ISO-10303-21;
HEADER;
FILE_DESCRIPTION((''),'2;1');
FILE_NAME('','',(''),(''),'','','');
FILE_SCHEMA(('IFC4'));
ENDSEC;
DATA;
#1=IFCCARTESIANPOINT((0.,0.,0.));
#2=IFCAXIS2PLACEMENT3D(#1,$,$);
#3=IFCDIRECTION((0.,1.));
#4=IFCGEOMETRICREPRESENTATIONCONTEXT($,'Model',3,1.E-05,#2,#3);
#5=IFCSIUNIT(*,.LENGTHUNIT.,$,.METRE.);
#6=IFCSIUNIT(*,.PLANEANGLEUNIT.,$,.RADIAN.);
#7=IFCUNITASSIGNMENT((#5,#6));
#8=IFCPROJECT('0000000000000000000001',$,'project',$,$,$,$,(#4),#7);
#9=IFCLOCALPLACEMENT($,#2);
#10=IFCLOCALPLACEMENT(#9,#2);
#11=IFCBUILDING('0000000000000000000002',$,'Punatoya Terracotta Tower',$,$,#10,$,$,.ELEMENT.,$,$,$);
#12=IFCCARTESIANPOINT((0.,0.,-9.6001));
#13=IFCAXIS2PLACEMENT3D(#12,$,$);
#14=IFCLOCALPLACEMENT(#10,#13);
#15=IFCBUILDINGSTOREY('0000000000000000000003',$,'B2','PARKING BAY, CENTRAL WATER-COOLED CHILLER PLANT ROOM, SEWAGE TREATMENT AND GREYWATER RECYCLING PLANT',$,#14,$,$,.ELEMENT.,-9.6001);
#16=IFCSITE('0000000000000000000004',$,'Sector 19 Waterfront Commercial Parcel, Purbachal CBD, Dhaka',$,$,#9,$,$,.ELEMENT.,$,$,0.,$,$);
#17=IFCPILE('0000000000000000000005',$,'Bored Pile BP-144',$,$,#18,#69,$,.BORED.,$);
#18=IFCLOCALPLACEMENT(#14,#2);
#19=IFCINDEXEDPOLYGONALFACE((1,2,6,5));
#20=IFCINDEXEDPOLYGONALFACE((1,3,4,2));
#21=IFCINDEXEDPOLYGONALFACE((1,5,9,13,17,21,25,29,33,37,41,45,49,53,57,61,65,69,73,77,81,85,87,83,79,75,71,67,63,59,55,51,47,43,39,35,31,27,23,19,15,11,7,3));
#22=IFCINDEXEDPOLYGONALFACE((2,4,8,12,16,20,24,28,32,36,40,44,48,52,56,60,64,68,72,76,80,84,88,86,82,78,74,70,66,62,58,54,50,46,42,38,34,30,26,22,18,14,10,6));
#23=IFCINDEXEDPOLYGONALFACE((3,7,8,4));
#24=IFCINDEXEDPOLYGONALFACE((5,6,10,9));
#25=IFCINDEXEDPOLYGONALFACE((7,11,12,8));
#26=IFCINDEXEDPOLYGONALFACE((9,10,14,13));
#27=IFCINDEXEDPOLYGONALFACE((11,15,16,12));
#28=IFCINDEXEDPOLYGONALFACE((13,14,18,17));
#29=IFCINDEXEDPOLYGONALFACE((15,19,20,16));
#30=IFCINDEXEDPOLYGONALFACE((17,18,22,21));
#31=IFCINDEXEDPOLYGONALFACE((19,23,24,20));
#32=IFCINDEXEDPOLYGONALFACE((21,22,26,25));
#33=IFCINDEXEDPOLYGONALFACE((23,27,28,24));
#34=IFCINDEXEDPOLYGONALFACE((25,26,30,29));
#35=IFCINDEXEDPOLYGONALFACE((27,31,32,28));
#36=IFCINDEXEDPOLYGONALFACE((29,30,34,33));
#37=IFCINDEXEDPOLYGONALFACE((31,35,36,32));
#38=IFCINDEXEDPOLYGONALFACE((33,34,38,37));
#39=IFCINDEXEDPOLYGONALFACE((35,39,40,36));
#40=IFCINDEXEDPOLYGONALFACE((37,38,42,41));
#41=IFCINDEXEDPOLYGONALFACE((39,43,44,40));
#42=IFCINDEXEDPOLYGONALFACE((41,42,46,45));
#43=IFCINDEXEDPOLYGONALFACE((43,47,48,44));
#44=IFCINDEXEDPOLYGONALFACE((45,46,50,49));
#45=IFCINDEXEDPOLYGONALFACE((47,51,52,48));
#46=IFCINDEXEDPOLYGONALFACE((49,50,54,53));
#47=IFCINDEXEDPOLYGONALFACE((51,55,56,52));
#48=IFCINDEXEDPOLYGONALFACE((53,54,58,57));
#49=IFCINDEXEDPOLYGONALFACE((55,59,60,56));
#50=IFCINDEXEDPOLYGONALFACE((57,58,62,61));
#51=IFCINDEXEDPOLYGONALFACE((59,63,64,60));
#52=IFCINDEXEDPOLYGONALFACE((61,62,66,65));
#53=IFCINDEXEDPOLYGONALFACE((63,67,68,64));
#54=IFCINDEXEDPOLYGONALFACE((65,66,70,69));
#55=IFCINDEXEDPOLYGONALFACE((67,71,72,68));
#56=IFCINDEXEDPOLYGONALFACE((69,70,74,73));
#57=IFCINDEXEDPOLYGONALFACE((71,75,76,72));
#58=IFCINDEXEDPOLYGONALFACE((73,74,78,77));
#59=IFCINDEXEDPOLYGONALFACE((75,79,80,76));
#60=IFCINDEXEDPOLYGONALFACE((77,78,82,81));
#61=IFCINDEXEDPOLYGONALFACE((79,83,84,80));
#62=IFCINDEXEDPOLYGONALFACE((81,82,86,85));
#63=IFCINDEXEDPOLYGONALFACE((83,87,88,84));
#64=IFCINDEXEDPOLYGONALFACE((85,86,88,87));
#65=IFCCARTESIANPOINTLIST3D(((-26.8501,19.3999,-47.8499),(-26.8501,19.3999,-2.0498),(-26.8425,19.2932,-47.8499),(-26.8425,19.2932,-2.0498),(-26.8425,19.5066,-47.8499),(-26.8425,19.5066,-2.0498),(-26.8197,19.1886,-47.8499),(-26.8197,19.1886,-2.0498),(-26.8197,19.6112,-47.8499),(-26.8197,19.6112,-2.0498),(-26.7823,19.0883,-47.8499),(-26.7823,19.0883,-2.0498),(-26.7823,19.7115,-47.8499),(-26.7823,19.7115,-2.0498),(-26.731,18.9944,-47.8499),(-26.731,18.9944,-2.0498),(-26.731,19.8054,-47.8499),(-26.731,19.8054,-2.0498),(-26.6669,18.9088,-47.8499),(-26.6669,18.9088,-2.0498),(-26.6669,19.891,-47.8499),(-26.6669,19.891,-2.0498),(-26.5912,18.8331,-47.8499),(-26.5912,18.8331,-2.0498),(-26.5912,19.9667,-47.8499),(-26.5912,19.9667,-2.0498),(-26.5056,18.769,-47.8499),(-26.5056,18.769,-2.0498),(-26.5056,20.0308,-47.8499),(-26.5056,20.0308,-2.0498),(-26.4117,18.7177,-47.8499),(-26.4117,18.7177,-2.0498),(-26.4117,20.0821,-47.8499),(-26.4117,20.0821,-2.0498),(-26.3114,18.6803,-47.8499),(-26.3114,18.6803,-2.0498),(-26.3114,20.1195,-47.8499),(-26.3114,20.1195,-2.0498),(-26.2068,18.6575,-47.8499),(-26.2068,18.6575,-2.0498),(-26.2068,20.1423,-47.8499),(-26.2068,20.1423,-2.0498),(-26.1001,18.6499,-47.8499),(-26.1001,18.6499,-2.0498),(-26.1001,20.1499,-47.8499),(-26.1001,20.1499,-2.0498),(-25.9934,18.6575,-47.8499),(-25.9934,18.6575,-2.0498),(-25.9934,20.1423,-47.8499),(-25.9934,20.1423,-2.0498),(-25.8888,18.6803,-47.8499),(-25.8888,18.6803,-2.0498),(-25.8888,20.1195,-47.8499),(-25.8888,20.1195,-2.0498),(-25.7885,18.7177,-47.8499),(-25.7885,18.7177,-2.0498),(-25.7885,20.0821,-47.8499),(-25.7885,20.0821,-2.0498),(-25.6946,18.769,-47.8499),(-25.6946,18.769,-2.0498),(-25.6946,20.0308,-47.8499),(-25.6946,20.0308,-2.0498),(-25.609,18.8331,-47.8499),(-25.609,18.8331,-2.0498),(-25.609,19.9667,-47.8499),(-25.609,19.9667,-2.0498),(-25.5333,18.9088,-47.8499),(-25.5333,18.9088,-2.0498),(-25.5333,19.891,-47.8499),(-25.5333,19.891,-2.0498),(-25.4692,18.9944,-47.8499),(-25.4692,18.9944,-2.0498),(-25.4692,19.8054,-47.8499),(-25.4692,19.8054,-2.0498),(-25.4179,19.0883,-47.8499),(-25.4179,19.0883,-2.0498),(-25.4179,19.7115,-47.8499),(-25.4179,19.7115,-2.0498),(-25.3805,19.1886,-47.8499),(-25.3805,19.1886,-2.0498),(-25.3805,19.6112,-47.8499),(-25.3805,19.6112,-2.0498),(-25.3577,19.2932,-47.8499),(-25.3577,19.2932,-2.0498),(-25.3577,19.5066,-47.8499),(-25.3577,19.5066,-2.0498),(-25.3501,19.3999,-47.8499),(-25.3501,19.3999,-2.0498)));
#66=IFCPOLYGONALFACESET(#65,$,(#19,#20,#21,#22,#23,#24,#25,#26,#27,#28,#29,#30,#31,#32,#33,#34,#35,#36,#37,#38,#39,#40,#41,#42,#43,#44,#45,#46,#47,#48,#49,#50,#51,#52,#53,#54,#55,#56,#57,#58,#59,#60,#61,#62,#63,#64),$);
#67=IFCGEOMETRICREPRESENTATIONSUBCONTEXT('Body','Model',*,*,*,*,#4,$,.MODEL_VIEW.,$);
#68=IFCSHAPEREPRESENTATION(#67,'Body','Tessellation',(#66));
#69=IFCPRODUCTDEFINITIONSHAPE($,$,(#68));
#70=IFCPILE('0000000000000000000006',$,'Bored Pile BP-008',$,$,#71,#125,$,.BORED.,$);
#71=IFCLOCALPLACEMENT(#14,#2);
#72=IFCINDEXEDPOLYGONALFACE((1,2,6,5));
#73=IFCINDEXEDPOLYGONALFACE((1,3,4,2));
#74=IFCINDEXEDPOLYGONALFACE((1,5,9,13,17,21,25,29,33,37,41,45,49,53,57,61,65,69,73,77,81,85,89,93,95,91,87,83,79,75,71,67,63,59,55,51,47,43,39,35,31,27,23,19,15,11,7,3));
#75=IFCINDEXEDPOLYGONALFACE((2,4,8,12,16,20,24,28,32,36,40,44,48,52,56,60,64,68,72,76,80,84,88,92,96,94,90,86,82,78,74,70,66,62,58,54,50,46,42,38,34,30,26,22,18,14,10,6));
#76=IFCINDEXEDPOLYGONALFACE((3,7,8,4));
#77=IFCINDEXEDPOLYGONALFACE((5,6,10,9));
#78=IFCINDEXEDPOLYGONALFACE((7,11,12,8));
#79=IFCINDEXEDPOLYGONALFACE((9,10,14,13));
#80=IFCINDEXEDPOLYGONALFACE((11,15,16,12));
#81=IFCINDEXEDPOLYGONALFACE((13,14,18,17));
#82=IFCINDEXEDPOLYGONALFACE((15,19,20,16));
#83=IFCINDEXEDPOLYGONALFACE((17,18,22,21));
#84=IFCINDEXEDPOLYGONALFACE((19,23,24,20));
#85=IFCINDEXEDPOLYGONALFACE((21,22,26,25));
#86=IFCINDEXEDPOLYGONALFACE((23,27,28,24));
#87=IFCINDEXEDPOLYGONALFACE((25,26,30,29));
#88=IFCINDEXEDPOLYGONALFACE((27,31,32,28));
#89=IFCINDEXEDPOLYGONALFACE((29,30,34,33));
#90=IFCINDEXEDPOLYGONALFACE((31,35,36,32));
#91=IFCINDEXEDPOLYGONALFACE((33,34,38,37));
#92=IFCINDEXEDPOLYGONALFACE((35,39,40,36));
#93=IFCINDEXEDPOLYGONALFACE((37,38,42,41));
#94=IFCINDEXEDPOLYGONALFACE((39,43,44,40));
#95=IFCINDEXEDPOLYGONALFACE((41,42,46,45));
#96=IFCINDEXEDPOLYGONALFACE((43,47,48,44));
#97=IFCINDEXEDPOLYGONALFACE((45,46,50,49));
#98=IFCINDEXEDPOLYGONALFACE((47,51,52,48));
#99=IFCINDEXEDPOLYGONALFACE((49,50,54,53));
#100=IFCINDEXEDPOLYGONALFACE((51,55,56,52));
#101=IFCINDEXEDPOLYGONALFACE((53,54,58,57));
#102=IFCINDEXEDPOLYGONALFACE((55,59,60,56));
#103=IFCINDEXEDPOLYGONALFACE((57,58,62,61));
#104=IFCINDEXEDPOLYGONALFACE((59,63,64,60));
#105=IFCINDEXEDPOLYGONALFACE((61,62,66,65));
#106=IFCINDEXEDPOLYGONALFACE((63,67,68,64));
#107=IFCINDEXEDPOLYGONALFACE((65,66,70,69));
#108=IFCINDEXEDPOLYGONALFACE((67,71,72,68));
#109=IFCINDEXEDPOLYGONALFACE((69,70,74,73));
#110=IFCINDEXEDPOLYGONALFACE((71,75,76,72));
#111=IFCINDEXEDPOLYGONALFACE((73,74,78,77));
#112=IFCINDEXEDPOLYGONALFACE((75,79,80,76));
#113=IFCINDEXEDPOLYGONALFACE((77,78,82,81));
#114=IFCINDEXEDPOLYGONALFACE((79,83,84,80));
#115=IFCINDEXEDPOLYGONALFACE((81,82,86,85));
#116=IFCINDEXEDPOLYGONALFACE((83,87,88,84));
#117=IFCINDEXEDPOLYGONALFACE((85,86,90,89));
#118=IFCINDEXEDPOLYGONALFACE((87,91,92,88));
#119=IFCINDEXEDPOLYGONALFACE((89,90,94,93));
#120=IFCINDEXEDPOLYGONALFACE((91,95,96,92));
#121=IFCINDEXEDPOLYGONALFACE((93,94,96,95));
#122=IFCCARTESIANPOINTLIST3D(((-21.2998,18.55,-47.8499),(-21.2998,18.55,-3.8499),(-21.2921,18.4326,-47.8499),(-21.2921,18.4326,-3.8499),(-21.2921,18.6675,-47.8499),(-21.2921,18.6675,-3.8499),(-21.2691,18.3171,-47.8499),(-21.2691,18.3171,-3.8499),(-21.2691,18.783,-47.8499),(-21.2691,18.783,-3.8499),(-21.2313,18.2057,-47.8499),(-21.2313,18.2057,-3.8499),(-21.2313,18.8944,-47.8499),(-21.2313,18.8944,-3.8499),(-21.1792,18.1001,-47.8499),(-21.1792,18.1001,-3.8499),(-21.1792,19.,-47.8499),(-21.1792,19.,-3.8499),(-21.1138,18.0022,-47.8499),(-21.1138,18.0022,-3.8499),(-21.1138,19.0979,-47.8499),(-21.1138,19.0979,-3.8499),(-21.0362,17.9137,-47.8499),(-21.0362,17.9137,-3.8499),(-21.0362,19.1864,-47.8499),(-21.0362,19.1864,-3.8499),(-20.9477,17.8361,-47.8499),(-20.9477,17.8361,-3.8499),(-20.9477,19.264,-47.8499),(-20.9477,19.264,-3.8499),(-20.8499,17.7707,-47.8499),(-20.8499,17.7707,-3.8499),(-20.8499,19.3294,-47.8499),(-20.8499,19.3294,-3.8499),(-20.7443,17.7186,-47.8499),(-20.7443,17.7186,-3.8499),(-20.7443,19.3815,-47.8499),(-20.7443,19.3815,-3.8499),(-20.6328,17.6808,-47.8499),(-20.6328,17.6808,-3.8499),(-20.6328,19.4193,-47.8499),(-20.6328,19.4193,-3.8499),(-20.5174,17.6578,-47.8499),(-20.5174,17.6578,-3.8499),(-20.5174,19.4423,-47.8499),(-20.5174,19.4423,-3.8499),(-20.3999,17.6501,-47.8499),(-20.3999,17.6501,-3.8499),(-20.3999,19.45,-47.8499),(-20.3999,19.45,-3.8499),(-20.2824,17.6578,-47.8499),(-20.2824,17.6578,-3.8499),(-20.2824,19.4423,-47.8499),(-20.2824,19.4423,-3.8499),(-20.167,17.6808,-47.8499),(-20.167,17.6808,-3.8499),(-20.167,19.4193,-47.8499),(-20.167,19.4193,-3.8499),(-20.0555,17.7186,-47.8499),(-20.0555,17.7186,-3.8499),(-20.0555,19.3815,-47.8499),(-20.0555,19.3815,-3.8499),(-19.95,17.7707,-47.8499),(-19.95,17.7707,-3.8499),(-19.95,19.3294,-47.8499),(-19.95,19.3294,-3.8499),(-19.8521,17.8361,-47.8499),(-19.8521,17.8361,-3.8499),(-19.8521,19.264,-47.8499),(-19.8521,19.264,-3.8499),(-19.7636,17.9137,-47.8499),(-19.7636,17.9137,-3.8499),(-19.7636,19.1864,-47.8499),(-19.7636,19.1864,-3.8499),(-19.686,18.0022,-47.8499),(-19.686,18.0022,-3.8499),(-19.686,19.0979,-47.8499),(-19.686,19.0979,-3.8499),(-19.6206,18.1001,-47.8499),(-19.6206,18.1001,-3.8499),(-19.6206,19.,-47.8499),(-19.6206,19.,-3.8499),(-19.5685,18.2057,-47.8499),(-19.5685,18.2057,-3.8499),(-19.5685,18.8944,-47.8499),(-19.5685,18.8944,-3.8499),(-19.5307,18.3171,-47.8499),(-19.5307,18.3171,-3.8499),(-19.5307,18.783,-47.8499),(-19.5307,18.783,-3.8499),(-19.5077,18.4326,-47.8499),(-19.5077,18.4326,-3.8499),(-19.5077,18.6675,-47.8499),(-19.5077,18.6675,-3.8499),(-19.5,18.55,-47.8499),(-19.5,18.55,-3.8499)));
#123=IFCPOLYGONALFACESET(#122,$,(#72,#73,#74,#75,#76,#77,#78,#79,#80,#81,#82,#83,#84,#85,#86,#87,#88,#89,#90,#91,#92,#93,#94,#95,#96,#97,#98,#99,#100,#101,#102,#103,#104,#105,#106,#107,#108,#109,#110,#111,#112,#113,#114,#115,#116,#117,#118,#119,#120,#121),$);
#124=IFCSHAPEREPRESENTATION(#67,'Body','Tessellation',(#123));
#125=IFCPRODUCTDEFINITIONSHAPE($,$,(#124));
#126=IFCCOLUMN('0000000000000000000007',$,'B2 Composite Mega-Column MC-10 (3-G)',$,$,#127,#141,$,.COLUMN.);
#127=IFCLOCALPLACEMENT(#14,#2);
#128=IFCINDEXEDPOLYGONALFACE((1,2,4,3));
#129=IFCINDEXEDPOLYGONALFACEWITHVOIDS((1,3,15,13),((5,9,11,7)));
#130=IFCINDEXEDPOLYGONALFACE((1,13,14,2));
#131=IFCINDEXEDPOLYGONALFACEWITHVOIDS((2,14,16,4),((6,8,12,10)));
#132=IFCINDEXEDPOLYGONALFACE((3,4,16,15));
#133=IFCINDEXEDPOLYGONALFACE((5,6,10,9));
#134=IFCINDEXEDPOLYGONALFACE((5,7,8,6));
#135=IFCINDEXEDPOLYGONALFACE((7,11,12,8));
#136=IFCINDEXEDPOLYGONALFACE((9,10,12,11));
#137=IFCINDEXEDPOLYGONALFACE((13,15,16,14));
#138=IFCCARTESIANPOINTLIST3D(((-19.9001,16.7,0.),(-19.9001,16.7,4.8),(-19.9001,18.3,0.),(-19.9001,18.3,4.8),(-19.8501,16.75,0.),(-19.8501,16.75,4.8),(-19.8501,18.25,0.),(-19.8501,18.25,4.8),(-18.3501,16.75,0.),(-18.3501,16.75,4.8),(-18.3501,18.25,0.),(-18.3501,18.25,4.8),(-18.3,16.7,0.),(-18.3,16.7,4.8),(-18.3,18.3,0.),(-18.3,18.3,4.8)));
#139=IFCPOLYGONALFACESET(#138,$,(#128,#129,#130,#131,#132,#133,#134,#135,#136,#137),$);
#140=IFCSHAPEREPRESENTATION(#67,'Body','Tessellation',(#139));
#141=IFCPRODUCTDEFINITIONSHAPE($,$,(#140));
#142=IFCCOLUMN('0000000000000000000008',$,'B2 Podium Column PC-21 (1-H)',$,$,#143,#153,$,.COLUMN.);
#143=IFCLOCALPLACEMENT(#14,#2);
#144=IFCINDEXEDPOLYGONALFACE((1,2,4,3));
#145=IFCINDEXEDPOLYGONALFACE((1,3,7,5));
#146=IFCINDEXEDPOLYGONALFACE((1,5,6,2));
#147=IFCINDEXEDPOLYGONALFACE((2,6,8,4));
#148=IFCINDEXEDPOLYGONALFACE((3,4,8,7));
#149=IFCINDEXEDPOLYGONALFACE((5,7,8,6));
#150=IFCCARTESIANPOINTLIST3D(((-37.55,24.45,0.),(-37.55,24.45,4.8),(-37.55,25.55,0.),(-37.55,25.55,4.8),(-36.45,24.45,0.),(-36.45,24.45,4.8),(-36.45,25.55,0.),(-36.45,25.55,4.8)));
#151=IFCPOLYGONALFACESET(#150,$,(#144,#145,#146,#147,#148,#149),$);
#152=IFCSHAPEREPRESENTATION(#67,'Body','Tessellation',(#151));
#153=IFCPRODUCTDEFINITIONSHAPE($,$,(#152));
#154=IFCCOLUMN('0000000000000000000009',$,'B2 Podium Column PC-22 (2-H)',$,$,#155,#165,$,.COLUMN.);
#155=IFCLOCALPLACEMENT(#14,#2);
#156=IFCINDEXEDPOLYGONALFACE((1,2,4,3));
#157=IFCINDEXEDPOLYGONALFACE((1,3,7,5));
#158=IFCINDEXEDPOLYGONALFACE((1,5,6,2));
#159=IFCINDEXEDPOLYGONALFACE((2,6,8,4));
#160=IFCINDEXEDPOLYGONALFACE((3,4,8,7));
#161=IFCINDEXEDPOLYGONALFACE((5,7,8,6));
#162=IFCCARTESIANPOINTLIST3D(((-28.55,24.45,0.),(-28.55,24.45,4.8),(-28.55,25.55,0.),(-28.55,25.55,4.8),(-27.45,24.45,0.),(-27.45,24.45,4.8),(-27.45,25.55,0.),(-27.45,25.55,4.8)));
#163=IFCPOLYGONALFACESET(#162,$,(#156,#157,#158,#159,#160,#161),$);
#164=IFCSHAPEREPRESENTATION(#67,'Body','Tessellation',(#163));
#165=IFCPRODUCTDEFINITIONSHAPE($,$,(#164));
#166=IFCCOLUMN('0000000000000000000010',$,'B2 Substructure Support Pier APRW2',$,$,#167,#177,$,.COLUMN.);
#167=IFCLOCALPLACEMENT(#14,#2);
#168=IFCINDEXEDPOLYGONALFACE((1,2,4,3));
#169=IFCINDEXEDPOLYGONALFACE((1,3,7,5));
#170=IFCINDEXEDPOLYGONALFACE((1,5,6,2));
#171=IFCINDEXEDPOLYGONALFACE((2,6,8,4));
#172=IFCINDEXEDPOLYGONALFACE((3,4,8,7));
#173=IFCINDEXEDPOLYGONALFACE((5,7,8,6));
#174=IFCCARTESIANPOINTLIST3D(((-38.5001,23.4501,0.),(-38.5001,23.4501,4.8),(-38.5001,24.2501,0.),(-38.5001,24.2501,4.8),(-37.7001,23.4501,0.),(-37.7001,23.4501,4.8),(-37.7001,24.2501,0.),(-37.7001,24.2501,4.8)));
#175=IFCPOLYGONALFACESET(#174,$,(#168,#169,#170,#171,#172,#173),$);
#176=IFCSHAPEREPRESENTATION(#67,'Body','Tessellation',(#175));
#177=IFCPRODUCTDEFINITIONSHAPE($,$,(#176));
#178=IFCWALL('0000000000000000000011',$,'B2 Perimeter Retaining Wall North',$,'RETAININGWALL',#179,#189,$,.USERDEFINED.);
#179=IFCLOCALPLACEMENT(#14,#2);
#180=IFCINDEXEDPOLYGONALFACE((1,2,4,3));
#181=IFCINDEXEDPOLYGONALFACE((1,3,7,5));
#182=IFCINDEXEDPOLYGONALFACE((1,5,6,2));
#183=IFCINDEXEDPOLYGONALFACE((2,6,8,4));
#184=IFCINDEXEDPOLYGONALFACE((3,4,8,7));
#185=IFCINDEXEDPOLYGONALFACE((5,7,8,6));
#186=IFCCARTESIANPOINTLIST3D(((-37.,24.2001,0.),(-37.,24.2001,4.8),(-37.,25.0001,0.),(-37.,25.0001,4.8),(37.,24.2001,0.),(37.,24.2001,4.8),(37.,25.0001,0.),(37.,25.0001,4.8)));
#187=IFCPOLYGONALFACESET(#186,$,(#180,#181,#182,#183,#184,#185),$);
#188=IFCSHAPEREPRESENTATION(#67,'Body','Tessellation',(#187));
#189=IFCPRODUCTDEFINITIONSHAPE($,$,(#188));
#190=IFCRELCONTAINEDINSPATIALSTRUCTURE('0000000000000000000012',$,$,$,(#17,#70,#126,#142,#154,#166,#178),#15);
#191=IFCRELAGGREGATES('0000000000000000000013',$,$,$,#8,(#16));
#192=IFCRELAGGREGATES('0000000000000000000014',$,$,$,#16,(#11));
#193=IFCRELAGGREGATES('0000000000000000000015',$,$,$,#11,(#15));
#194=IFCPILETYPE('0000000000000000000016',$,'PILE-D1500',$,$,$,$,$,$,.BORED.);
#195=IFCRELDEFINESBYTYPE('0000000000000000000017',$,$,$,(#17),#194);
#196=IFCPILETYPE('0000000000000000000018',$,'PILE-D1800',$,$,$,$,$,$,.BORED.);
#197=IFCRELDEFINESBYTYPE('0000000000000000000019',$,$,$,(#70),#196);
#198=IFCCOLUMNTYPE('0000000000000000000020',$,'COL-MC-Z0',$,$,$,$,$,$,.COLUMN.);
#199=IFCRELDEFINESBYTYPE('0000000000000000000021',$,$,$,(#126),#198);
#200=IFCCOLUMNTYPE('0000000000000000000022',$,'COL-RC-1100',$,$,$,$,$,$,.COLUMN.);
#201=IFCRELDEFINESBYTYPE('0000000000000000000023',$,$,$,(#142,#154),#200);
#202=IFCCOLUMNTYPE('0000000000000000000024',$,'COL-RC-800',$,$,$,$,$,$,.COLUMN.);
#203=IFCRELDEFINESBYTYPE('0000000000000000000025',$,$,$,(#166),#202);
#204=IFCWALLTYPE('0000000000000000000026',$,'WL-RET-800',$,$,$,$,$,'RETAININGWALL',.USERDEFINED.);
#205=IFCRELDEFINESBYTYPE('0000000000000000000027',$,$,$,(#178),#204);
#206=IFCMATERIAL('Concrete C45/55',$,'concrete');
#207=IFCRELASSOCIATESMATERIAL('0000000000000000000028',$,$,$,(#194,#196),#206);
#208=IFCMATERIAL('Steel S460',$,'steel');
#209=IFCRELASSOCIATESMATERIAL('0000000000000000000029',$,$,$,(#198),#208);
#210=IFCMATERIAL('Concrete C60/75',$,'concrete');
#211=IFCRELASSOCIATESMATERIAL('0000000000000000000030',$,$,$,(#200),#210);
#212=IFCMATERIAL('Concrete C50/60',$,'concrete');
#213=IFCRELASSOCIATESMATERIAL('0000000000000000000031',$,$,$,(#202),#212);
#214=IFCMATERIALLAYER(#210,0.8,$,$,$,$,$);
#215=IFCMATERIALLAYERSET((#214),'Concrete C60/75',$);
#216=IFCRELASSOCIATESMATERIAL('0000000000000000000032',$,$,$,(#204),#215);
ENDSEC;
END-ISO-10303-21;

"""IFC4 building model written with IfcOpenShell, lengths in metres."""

from ifc_helpers import new_model, si_unit, direction, frame, frame_2d, origin, origin_2d, place, context, subcontext, project, spatial, rectangle, hollow_rectangle, circle, extrude, material, layer, layer_set, material_profile, profile_set, type_object, element, save


model = new_model("IFC4")

# Units and contexts
model_context = context("Model", 3, precision=1e-05, world=origin(), true_north=direction((0.0, 1.0)))
body_context = subcontext(model_context, "Body", "Model", "MODEL_VIEW")
ifc_project = project(units=[si_unit("LENGTHUNIT", "METRE"), si_unit("PLANEANGLEUNIT", "RADIAN")], contexts=[model_context])

# Site, building, storey
site_placement = place(None, origin())
site = spatial("IfcSite", under=ifc_project, at=site_placement, Name="Sector 19 Waterfront Commercial Parcel, Purbachal CBD, Dhaka", CompositionType="ELEMENT", RefElevation=0.0)
building_placement = place(site_placement, origin())
building = spatial("IfcBuilding", under=site, at=building_placement, Name="Punatoya Terracotta Tower", CompositionType="ELEMENT")
storey_placement = place(building_placement, frame((0.0, 0.0, -9.6001)))
storey = spatial("IfcBuildingStorey", under=building, at=storey_placement, Name="B2", Description="PARKING BAY, CENTRAL WATER-COOLED CHILLER PLANT ROOM, SEWAGE TREATMENT AND GREYWATER RECYCLING PLANT", CompositionType="ELEMENT", Elevation=-9.6001)

# Shared definitions
ifc_material_1 = material(Name="Concrete C45/55", Category="concrete")

# Piles
ifc_material_profile_1 = material_profile(ifc_material_1, circle(Radius=0.75, at=origin_2d()))
ifc_profile_set_1 = profile_set([ifc_material_profile_1], Name="Concrete C45/55")
pile_type_1 = type_object("IfcPileType", Name="PILE-D1500", PredefinedType="BORED", material=ifc_profile_set_1)
for number, where, z_axis, x_axis, name in (
    (1, (-26.1001, 19.3999, -2.0498), (0.0, 0.0, -1.0), (1.0, 0.0, 0.0), "Bored Pile BP-144"),
):
    element("IfcPile", number, at=place(storey_placement, frame(where, z_axis=z_axis, x_axis=x_axis)), inside=storey, type_object=pile_type_1, Name=name, PredefinedType="BORED", context=body_context, shape_type="SweptSolid", body=[
        extrude(circle(Radius=0.75, at=origin_2d()), origin(), (0.0, 0.0, 1.0), 45.8),
    ])
ifc_material_profile_2 = material_profile(ifc_material_1, circle(Radius=0.8999, at=origin_2d()))
ifc_profile_set_2 = profile_set([ifc_material_profile_2], Name="Concrete C45/55")
pile_type_2 = type_object("IfcPileType", Name="PILE-D1800", PredefinedType="BORED", material=ifc_profile_set_2)
pile_placement = place(storey_placement, frame((-20.3999, 18.55, -3.8499), z_axis=(0.0, 0.0, -1.0), x_axis=(1.0, 0.0, 0.0)))
element("IfcPile", 2, at=pile_placement, inside=storey, type_object=pile_type_2, Name="Bored Pile BP-008", PredefinedType="BORED", context=body_context, shape_type="SweptSolid", body=[
    extrude(circle(Radius=0.8999, at=origin_2d()), origin(), (0.0, 0.0, 1.0), 44.0),
])

# Columns
ifc_material_2 = material(Name="Steel S460", Category="steel")
ifc_material_profile_3 = material_profile(ifc_material_2, hollow_rectangle(XDim=1.6001, YDim=1.6001, WallThickness=0.05, at=origin_2d()))
ifc_profile_set_3 = profile_set([ifc_material_profile_3], Name="Steel S460")
column_type_1 = type_object("IfcColumnType", Name="COL-MC-Z0", PredefinedType="COLUMN", material=ifc_profile_set_3)
column_1_placement = place(storey_placement, frame((-19.1001, 17.5, 0.0), z_axis=(0.0, 0.0, 1.0), x_axis=(1.0, 0.0, 0.0)))
element("IfcColumn", 3, at=column_1_placement, inside=storey, type_object=column_type_1, Name="B2 Composite Mega-Column MC-10 (3-G)", PredefinedType="COLUMN", context=body_context, shape_type="SweptSolid", body=[
    extrude(hollow_rectangle(XDim=1.6001, YDim=1.6001, WallThickness=0.05, at=origin_2d()), origin(), (0.0, 0.0, 1.0), 4.8),
])
ifc_material_3 = material(Name="Concrete C60/75", Category="concrete")
ifc_material_profile_4 = material_profile(ifc_material_3, rectangle(XDim=1.1001, YDim=1.1001, at=origin_2d()))
ifc_profile_set_4 = profile_set([ifc_material_profile_4], Name="Concrete C60/75")
column_type_2 = type_object("IfcColumnType", Name="COL-RC-1100", PredefinedType="COLUMN", material=ifc_profile_set_4)
for number, where, z_axis, x_axis, name in (
    (4, (-37.0, 25.0, 0.0), (0.0, 0.0, 1.0), (1.0, 0.0, 0.0), "B2 Podium Column PC-21 (1-H)"),
    (5, (-28.0, 25.0, 0.0), (0.0, 0.0, 1.0), (1.0, 0.0, 0.0), "B2 Podium Column PC-22 (2-H)"),
):
    element("IfcColumn", number, at=place(storey_placement, frame(where, z_axis=z_axis, x_axis=x_axis)), inside=storey, type_object=column_type_2, Name=name, PredefinedType="COLUMN", context=body_context, shape_type="SweptSolid", body=[
        extrude(rectangle(XDim=1.1001, YDim=1.1001, at=origin_2d()), origin(), (0.0, 0.0, 1.0), 4.8),
    ])
ifc_material_4 = material(Name="Concrete C50/60", Category="concrete")
ifc_material_profile_5 = material_profile(ifc_material_4, rectangle(XDim=0.8, YDim=0.8, at=origin_2d()))
ifc_profile_set_5 = profile_set([ifc_material_profile_5], Name="Concrete C50/60")
column_type_3 = type_object("IfcColumnType", Name="COL-RC-800", PredefinedType="COLUMN", material=ifc_profile_set_5)
column_2_placement = place(storey_placement, frame((-38.1001, 23.8501, 0.0), z_axis=(0.0, 0.0, 1.0), x_axis=(1.0, 0.0, 0.0)))
element("IfcColumn", 6, at=column_2_placement, inside=storey, type_object=column_type_3, Name="B2 Substructure Support Pier APRW2", PredefinedType="COLUMN", context=body_context, shape_type="SweptSolid", body=[
    extrude(rectangle(XDim=0.8, YDim=0.8, at=origin_2d()), origin(), (0.0, 0.0, 1.0), 4.8),
])

# Wall
ifc_layer_1 = layer(ifc_material_3, 0.8)
ifc_layer_set_1 = layer_set([ifc_layer_1], Name="Concrete C60/75")
wall_type_1 = type_object("IfcWallType", Name="WL-RET-800", ElementType="RETAININGWALL", PredefinedType="USERDEFINED", material=ifc_layer_set_1)
wall_1_placement = place(storey_placement, frame((-37.0, 24.6001, 0.0), z_axis=(0.0, 0.0, 1.0), x_axis=(1.0, 0.0, 0.0)))
element("IfcWall", 7, at=wall_1_placement, inside=storey, type_object=wall_type_1, Name="B2 Perimeter Retaining Wall North", ObjectType="RETAININGWALL", PredefinedType="USERDEFINED", context=body_context, shape_type="SweptSolid", body=[
    extrude(rectangle(XDim=74.0, YDim=0.8, at=frame_2d((37.0, 0.0))), origin(), (0.0, 0.0, 1.0), 4.8),
])

save(model, "model.ifc")
